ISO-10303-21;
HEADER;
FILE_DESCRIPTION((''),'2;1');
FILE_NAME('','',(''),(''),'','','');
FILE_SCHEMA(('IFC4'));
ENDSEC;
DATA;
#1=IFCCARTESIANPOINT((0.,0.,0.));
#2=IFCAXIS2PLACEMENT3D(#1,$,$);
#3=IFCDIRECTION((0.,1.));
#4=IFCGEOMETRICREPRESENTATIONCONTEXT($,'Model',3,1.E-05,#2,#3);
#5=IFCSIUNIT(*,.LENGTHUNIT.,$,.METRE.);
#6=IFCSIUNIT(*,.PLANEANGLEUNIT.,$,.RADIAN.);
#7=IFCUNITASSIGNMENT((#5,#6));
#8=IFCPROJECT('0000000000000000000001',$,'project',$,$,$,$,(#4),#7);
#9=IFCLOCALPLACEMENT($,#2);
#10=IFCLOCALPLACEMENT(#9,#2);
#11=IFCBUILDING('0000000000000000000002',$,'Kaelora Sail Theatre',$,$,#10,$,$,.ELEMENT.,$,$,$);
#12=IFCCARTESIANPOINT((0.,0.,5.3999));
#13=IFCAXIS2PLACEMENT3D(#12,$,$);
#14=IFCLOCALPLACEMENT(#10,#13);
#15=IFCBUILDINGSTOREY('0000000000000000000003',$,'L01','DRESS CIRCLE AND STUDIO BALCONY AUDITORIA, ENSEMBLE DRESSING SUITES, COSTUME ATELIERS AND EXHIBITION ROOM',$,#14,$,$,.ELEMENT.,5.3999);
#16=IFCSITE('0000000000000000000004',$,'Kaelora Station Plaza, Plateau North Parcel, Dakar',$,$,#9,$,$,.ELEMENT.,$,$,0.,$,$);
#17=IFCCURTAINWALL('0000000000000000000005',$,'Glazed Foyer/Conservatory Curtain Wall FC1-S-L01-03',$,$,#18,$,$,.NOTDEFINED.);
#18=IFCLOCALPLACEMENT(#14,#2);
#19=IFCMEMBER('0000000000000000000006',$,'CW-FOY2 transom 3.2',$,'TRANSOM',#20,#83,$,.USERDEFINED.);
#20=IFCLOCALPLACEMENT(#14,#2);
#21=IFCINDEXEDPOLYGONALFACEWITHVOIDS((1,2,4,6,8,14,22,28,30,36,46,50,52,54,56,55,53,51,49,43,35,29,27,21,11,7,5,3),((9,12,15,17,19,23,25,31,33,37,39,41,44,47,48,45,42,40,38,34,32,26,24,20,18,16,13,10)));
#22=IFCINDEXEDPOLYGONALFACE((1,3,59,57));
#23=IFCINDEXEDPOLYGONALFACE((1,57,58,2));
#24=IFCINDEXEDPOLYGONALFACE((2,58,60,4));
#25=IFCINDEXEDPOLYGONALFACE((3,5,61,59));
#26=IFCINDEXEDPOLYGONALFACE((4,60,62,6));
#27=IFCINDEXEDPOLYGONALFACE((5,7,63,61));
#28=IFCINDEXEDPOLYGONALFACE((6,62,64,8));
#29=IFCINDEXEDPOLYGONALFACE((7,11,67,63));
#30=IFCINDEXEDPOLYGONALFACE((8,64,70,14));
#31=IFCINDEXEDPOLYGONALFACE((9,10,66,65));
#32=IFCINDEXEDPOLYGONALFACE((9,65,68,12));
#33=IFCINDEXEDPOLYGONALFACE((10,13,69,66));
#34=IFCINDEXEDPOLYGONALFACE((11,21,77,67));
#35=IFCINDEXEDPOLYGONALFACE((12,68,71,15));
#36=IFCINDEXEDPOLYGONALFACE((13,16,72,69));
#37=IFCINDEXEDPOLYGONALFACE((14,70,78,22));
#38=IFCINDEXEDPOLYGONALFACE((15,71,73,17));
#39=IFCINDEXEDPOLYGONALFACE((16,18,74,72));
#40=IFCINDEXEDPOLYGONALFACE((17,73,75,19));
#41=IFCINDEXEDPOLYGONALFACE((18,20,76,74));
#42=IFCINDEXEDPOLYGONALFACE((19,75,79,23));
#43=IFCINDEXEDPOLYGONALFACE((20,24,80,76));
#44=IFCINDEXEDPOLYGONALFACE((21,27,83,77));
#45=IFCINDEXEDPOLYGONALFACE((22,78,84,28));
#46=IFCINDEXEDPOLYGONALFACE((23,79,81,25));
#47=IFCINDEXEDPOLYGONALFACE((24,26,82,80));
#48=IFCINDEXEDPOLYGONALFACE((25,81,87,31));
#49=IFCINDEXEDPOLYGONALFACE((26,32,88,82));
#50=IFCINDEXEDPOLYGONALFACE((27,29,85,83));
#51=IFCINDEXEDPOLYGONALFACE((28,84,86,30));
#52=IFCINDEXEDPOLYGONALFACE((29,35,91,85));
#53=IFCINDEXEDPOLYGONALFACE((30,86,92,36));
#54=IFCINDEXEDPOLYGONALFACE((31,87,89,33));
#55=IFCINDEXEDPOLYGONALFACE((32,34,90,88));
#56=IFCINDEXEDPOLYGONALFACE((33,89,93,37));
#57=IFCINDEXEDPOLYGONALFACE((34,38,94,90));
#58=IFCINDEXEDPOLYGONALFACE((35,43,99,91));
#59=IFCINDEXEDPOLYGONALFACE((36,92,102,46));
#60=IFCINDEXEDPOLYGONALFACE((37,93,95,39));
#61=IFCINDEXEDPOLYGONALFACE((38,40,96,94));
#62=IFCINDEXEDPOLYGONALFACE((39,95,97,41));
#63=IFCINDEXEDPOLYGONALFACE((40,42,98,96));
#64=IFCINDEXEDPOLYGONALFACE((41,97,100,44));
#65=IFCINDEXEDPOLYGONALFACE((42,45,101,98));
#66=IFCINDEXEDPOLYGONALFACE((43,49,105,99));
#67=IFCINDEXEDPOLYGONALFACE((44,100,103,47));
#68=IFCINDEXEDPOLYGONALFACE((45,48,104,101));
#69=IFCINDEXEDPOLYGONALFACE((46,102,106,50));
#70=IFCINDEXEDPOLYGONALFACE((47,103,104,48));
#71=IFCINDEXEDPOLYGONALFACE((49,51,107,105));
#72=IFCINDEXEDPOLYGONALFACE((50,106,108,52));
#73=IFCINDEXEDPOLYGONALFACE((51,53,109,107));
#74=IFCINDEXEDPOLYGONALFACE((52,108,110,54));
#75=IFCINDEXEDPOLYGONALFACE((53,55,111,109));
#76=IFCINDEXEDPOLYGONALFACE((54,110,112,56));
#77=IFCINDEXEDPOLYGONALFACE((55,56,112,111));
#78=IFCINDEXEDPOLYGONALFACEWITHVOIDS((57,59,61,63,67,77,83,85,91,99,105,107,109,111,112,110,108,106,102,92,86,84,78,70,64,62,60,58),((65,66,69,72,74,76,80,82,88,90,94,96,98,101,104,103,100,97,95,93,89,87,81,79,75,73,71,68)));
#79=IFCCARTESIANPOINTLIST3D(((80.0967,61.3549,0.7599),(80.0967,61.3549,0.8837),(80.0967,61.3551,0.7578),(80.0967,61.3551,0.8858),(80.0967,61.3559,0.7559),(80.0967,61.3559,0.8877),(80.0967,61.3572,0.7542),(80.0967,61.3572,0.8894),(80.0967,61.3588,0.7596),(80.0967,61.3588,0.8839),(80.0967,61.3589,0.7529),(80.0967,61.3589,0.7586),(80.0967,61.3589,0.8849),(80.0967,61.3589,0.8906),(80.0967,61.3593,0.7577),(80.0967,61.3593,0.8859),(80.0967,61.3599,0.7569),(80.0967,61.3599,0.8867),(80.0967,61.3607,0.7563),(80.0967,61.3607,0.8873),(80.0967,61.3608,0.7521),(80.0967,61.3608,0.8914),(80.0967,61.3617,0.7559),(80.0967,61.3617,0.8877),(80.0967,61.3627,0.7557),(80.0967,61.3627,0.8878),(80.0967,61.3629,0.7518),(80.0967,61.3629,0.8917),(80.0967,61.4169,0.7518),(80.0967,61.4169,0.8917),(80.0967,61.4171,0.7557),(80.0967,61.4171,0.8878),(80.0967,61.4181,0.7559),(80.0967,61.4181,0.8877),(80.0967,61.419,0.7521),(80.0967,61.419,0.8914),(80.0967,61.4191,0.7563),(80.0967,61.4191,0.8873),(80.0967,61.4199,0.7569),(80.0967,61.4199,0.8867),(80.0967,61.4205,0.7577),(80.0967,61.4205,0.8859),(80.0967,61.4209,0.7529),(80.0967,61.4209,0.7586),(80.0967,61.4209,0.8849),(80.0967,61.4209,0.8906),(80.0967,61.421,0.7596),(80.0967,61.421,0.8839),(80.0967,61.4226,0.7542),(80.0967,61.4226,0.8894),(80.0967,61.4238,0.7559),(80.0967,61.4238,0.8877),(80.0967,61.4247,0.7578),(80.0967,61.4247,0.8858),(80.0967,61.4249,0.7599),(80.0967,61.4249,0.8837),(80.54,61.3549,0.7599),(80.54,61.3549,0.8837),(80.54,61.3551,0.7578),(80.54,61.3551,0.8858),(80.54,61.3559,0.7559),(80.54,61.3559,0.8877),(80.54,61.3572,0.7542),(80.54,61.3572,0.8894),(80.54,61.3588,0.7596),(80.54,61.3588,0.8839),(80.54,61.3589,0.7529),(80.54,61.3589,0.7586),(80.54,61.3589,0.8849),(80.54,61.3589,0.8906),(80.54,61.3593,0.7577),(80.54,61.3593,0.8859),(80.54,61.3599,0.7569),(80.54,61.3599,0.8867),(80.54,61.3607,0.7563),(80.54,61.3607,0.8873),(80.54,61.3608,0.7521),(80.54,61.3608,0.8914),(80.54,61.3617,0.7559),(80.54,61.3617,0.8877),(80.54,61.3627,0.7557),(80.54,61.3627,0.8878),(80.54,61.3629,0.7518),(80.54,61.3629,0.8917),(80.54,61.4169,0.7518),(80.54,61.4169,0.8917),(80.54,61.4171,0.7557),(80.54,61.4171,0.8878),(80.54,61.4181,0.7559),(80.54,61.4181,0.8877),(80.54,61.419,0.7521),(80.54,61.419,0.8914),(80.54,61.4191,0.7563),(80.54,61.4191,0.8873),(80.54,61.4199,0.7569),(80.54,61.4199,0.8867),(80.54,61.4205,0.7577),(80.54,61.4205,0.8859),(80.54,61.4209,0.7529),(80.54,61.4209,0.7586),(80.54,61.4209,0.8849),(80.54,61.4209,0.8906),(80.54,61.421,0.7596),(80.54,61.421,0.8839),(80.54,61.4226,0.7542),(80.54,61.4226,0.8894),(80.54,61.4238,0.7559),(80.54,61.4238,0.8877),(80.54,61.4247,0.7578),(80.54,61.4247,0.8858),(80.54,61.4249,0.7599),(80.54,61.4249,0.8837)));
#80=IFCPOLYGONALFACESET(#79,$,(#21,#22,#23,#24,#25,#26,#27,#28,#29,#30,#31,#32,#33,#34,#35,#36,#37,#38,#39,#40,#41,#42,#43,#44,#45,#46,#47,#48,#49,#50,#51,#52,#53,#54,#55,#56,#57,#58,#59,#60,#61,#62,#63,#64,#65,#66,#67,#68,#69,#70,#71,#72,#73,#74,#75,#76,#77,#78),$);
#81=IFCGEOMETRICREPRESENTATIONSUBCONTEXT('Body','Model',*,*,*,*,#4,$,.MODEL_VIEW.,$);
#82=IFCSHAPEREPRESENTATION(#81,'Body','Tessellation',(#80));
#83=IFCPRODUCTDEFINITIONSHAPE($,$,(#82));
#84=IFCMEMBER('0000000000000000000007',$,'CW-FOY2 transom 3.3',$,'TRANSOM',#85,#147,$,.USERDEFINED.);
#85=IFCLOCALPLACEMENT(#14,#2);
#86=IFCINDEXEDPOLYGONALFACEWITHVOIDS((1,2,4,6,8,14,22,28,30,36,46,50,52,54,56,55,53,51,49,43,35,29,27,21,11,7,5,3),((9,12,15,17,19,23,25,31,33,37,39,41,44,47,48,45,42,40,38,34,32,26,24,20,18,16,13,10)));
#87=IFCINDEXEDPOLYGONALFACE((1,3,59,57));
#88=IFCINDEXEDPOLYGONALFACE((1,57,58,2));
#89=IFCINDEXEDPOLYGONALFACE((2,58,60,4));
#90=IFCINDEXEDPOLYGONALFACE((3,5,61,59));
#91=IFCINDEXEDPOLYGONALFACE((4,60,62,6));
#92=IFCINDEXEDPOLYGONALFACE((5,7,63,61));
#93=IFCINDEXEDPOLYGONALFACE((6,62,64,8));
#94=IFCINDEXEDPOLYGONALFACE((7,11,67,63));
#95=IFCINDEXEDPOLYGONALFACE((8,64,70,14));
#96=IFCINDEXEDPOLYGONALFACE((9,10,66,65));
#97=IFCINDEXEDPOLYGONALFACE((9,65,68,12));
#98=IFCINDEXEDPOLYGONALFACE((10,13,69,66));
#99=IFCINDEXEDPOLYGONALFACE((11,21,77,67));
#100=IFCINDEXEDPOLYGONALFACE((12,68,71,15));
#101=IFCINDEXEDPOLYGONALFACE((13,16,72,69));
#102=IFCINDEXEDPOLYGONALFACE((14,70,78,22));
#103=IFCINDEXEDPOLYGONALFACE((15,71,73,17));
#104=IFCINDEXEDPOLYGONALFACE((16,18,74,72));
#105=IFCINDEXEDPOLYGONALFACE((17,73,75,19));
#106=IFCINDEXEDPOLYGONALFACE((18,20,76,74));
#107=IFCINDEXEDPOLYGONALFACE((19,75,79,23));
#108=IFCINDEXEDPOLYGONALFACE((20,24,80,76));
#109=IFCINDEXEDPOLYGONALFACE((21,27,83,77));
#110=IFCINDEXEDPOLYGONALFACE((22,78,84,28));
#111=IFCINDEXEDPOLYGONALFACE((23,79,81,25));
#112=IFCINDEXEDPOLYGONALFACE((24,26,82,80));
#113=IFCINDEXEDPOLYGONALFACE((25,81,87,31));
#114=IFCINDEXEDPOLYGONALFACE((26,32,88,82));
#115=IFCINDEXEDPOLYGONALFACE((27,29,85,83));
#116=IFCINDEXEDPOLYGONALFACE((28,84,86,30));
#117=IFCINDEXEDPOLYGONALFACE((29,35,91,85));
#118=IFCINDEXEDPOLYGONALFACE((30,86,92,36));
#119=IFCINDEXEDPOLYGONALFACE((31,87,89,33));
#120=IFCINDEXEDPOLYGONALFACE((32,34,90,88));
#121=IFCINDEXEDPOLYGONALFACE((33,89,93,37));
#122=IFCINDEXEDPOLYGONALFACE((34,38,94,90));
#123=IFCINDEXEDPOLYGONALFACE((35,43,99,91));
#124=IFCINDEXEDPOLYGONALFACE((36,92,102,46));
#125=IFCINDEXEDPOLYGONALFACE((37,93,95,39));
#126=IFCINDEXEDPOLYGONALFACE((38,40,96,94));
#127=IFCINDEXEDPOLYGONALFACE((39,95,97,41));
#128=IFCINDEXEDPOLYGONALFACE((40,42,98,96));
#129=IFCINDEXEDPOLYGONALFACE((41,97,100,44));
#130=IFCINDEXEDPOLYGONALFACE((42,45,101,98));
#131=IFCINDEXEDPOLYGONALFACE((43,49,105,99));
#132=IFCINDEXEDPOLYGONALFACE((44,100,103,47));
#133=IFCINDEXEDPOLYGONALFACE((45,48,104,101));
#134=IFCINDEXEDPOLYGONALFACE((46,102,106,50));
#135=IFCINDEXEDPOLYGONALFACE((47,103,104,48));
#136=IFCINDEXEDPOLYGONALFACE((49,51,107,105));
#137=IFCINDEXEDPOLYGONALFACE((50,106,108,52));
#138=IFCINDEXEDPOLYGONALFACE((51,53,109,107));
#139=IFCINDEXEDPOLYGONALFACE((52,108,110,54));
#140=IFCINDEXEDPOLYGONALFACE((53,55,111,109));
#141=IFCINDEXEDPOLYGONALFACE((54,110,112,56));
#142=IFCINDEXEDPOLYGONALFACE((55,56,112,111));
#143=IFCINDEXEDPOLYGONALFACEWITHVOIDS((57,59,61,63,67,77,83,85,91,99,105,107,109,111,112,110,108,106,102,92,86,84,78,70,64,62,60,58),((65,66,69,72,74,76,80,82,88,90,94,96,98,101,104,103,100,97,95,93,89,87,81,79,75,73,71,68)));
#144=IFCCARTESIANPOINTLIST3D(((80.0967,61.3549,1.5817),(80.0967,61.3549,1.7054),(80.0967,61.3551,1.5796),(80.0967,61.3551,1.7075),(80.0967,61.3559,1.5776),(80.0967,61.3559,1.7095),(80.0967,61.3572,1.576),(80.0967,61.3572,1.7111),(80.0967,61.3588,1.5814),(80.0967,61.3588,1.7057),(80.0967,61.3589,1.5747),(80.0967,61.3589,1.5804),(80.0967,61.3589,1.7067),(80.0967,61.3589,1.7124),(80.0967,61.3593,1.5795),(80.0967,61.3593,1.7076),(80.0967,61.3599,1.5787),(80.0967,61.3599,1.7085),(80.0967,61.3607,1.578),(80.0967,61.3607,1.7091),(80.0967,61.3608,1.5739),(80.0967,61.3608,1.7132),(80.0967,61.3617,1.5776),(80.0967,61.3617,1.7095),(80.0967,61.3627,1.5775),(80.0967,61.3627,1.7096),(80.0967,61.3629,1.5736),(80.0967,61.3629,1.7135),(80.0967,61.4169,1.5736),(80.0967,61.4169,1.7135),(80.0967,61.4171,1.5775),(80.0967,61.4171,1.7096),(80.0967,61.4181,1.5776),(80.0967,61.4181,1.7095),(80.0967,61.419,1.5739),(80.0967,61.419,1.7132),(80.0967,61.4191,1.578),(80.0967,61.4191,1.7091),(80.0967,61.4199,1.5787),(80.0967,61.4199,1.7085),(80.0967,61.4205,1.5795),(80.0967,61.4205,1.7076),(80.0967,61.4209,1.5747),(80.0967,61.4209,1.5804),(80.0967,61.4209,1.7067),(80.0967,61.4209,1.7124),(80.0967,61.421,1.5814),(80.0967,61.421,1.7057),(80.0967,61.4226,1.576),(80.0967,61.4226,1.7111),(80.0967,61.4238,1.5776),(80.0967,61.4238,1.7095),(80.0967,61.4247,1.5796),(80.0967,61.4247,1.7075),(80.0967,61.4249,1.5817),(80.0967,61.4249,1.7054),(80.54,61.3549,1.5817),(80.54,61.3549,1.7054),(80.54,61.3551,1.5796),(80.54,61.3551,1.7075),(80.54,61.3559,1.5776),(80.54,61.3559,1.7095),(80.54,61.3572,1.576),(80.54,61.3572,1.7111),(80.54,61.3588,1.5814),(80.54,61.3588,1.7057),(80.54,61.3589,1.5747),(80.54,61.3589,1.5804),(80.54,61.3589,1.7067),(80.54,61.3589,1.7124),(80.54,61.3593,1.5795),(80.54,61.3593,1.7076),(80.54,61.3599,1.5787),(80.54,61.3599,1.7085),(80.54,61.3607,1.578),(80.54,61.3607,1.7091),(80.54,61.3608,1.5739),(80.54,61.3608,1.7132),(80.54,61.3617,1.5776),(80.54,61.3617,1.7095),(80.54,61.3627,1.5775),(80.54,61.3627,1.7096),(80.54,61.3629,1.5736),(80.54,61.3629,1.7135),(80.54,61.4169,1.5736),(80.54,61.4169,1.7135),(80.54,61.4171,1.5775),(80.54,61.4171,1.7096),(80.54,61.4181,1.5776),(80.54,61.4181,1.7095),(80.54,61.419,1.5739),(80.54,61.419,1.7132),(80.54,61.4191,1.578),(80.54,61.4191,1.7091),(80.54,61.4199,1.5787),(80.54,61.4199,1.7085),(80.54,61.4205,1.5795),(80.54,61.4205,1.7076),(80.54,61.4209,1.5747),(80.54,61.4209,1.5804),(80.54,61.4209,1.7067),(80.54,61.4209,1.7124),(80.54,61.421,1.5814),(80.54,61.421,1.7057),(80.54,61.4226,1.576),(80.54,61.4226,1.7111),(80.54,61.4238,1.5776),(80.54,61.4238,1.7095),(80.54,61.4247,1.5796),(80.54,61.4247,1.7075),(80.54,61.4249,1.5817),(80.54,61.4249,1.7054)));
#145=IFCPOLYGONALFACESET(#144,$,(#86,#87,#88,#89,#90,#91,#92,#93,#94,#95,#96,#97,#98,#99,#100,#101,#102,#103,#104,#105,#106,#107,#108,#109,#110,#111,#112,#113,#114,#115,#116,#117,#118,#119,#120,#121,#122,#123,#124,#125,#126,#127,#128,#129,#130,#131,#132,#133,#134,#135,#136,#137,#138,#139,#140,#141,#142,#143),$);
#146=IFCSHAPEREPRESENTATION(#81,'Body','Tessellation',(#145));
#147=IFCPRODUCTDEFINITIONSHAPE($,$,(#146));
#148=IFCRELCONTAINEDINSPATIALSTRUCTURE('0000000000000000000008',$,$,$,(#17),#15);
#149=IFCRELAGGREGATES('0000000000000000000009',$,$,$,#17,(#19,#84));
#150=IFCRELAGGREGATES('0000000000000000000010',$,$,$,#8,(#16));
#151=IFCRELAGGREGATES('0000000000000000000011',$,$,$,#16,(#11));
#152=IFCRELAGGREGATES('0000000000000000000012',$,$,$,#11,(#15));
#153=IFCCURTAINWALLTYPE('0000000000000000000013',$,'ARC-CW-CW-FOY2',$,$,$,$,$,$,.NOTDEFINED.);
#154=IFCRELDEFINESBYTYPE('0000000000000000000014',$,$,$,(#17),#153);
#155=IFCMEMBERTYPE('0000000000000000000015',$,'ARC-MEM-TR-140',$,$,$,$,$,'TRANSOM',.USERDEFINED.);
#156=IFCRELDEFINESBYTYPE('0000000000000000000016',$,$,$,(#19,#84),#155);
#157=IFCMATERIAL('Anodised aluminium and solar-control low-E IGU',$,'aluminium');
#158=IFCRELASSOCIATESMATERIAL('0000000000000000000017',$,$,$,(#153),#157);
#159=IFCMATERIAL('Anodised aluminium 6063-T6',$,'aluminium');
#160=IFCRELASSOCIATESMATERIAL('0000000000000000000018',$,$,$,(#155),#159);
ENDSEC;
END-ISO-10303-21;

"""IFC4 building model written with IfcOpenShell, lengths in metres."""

from ifc_helpers import new_model, si_unit, direction, frame, origin, origin_2d, place, context, subcontext, project, spatial, hollow_rectangle, extrude, material, material_profile, profile_set, type_object, element, aggregate, save


model = new_model("IFC4")

# Units and contexts
model_context = context("Model", 3, precision=1e-05, world=origin(), true_north=direction((0.0, 1.0)))
body_context = subcontext(model_context, "Body", "Model", "MODEL_VIEW")
ifc_project = project(units=[si_unit("LENGTHUNIT", "METRE"), si_unit("PLANEANGLEUNIT", "RADIAN")], contexts=[model_context])

# Site, building, storey
site_placement = place(None, origin())
site = spatial("IfcSite", under=ifc_project, at=site_placement, Name="Kaelora Station Plaza, Plateau North Parcel, Dakar", CompositionType="ELEMENT", RefElevation=0.0)
building_placement = place(site_placement, origin())
building = spatial("IfcBuilding", under=site, at=building_placement, Name="Kaelora Sail Theatre", CompositionType="ELEMENT")
storey_placement = place(building_placement, frame((0.0, 0.0, 5.3999)))
storey = spatial("IfcBuildingStorey", under=building, at=storey_placement, Name="L01", Description="DRESS CIRCLE AND STUDIO BALCONY AUDITORIA, ENSEMBLE DRESSING SUITES, COSTUME ATELIERS AND EXHIBITION ROOM", CompositionType="ELEMENT", Elevation=5.3999)

# Curtain wall
ifc_material_1 = material(Name="Anodised aluminium and solar-control low-E IGU", Category="aluminium")
curtain_wall_type = type_object("IfcCurtainWallType", Name="ARC-CW-CW-FOY2", PredefinedType="NOTDEFINED", material=ifc_material_1)
curtain_wall_1_placement = place(storey_placement, origin())
curtain_wall_1 = element("IfcCurtainWall", 1, at=curtain_wall_1_placement, inside=storey, type_object=curtain_wall_type, Name="Glazed Foyer/Conservatory Curtain Wall FC1-S-L01-03", PredefinedType="NOTDEFINED")

# Members
ifc_material_2 = material(Name="Anodised aluminium 6063-T6", Category="aluminium")
ifc_material_profile_1 = material_profile(ifc_material_2, hollow_rectangle(XDim=0.0701, YDim=0.1399, WallThickness=0.0039, InnerFilletRadius=0.0039, OuterFilletRadius=0.0081, at=origin_2d()), Name="ALU-TRAN 70x140x4")
ifc_profile_set_1 = profile_set([ifc_material_profile_1], Name="Anodised aluminium 6063-T6")
member_type_1 = type_object("IfcMemberType", Name="ARC-MEM-TR-140", ElementType="TRANSOM", PredefinedType="USERDEFINED", material=ifc_profile_set_1)
member_1_placement = place(storey_placement, frame((80.0967, 61.3899, 0.8218), z_axis=(1.0, 0.0, 0.0), x_axis=(0.0, 1.0, 0.0)))
member_1 = element("IfcMember", 2, at=member_1_placement, type_object=member_type_1, Name="CW-FOY2 transom 3.2", ObjectType="TRANSOM", PredefinedType="USERDEFINED", context=body_context, shape_type="SweptSolid", body=[
    extrude(hollow_rectangle(XDim=0.0701, YDim=0.1399, WallThickness=0.0039, InnerFilletRadius=0.0039, OuterFilletRadius=0.0081, at=origin_2d()), origin(), (0.0, 0.0, 1.0), 0.4434),
])
member_2_placement = place(storey_placement, frame((80.0967, 61.3899, 1.6436), z_axis=(1.0, 0.0, 0.0), x_axis=(0.0, 1.0, 0.0)))
member_2 = element("IfcMember", 3, at=member_2_placement, type_object=member_type_1, Name="CW-FOY2 transom 3.3", ObjectType="TRANSOM", PredefinedType="USERDEFINED", context=body_context, shape_type="SweptSolid", body=[
    extrude(hollow_rectangle(XDim=0.0701, YDim=0.1399, WallThickness=0.0039, InnerFilletRadius=0.0039, OuterFilletRadius=0.0081, at=origin_2d()), origin(), (0.0, 0.0, 1.0), 0.4434),
])

aggregate(curtain_wall_1, [member_1, member_2])

save(model, "model.ifc")
